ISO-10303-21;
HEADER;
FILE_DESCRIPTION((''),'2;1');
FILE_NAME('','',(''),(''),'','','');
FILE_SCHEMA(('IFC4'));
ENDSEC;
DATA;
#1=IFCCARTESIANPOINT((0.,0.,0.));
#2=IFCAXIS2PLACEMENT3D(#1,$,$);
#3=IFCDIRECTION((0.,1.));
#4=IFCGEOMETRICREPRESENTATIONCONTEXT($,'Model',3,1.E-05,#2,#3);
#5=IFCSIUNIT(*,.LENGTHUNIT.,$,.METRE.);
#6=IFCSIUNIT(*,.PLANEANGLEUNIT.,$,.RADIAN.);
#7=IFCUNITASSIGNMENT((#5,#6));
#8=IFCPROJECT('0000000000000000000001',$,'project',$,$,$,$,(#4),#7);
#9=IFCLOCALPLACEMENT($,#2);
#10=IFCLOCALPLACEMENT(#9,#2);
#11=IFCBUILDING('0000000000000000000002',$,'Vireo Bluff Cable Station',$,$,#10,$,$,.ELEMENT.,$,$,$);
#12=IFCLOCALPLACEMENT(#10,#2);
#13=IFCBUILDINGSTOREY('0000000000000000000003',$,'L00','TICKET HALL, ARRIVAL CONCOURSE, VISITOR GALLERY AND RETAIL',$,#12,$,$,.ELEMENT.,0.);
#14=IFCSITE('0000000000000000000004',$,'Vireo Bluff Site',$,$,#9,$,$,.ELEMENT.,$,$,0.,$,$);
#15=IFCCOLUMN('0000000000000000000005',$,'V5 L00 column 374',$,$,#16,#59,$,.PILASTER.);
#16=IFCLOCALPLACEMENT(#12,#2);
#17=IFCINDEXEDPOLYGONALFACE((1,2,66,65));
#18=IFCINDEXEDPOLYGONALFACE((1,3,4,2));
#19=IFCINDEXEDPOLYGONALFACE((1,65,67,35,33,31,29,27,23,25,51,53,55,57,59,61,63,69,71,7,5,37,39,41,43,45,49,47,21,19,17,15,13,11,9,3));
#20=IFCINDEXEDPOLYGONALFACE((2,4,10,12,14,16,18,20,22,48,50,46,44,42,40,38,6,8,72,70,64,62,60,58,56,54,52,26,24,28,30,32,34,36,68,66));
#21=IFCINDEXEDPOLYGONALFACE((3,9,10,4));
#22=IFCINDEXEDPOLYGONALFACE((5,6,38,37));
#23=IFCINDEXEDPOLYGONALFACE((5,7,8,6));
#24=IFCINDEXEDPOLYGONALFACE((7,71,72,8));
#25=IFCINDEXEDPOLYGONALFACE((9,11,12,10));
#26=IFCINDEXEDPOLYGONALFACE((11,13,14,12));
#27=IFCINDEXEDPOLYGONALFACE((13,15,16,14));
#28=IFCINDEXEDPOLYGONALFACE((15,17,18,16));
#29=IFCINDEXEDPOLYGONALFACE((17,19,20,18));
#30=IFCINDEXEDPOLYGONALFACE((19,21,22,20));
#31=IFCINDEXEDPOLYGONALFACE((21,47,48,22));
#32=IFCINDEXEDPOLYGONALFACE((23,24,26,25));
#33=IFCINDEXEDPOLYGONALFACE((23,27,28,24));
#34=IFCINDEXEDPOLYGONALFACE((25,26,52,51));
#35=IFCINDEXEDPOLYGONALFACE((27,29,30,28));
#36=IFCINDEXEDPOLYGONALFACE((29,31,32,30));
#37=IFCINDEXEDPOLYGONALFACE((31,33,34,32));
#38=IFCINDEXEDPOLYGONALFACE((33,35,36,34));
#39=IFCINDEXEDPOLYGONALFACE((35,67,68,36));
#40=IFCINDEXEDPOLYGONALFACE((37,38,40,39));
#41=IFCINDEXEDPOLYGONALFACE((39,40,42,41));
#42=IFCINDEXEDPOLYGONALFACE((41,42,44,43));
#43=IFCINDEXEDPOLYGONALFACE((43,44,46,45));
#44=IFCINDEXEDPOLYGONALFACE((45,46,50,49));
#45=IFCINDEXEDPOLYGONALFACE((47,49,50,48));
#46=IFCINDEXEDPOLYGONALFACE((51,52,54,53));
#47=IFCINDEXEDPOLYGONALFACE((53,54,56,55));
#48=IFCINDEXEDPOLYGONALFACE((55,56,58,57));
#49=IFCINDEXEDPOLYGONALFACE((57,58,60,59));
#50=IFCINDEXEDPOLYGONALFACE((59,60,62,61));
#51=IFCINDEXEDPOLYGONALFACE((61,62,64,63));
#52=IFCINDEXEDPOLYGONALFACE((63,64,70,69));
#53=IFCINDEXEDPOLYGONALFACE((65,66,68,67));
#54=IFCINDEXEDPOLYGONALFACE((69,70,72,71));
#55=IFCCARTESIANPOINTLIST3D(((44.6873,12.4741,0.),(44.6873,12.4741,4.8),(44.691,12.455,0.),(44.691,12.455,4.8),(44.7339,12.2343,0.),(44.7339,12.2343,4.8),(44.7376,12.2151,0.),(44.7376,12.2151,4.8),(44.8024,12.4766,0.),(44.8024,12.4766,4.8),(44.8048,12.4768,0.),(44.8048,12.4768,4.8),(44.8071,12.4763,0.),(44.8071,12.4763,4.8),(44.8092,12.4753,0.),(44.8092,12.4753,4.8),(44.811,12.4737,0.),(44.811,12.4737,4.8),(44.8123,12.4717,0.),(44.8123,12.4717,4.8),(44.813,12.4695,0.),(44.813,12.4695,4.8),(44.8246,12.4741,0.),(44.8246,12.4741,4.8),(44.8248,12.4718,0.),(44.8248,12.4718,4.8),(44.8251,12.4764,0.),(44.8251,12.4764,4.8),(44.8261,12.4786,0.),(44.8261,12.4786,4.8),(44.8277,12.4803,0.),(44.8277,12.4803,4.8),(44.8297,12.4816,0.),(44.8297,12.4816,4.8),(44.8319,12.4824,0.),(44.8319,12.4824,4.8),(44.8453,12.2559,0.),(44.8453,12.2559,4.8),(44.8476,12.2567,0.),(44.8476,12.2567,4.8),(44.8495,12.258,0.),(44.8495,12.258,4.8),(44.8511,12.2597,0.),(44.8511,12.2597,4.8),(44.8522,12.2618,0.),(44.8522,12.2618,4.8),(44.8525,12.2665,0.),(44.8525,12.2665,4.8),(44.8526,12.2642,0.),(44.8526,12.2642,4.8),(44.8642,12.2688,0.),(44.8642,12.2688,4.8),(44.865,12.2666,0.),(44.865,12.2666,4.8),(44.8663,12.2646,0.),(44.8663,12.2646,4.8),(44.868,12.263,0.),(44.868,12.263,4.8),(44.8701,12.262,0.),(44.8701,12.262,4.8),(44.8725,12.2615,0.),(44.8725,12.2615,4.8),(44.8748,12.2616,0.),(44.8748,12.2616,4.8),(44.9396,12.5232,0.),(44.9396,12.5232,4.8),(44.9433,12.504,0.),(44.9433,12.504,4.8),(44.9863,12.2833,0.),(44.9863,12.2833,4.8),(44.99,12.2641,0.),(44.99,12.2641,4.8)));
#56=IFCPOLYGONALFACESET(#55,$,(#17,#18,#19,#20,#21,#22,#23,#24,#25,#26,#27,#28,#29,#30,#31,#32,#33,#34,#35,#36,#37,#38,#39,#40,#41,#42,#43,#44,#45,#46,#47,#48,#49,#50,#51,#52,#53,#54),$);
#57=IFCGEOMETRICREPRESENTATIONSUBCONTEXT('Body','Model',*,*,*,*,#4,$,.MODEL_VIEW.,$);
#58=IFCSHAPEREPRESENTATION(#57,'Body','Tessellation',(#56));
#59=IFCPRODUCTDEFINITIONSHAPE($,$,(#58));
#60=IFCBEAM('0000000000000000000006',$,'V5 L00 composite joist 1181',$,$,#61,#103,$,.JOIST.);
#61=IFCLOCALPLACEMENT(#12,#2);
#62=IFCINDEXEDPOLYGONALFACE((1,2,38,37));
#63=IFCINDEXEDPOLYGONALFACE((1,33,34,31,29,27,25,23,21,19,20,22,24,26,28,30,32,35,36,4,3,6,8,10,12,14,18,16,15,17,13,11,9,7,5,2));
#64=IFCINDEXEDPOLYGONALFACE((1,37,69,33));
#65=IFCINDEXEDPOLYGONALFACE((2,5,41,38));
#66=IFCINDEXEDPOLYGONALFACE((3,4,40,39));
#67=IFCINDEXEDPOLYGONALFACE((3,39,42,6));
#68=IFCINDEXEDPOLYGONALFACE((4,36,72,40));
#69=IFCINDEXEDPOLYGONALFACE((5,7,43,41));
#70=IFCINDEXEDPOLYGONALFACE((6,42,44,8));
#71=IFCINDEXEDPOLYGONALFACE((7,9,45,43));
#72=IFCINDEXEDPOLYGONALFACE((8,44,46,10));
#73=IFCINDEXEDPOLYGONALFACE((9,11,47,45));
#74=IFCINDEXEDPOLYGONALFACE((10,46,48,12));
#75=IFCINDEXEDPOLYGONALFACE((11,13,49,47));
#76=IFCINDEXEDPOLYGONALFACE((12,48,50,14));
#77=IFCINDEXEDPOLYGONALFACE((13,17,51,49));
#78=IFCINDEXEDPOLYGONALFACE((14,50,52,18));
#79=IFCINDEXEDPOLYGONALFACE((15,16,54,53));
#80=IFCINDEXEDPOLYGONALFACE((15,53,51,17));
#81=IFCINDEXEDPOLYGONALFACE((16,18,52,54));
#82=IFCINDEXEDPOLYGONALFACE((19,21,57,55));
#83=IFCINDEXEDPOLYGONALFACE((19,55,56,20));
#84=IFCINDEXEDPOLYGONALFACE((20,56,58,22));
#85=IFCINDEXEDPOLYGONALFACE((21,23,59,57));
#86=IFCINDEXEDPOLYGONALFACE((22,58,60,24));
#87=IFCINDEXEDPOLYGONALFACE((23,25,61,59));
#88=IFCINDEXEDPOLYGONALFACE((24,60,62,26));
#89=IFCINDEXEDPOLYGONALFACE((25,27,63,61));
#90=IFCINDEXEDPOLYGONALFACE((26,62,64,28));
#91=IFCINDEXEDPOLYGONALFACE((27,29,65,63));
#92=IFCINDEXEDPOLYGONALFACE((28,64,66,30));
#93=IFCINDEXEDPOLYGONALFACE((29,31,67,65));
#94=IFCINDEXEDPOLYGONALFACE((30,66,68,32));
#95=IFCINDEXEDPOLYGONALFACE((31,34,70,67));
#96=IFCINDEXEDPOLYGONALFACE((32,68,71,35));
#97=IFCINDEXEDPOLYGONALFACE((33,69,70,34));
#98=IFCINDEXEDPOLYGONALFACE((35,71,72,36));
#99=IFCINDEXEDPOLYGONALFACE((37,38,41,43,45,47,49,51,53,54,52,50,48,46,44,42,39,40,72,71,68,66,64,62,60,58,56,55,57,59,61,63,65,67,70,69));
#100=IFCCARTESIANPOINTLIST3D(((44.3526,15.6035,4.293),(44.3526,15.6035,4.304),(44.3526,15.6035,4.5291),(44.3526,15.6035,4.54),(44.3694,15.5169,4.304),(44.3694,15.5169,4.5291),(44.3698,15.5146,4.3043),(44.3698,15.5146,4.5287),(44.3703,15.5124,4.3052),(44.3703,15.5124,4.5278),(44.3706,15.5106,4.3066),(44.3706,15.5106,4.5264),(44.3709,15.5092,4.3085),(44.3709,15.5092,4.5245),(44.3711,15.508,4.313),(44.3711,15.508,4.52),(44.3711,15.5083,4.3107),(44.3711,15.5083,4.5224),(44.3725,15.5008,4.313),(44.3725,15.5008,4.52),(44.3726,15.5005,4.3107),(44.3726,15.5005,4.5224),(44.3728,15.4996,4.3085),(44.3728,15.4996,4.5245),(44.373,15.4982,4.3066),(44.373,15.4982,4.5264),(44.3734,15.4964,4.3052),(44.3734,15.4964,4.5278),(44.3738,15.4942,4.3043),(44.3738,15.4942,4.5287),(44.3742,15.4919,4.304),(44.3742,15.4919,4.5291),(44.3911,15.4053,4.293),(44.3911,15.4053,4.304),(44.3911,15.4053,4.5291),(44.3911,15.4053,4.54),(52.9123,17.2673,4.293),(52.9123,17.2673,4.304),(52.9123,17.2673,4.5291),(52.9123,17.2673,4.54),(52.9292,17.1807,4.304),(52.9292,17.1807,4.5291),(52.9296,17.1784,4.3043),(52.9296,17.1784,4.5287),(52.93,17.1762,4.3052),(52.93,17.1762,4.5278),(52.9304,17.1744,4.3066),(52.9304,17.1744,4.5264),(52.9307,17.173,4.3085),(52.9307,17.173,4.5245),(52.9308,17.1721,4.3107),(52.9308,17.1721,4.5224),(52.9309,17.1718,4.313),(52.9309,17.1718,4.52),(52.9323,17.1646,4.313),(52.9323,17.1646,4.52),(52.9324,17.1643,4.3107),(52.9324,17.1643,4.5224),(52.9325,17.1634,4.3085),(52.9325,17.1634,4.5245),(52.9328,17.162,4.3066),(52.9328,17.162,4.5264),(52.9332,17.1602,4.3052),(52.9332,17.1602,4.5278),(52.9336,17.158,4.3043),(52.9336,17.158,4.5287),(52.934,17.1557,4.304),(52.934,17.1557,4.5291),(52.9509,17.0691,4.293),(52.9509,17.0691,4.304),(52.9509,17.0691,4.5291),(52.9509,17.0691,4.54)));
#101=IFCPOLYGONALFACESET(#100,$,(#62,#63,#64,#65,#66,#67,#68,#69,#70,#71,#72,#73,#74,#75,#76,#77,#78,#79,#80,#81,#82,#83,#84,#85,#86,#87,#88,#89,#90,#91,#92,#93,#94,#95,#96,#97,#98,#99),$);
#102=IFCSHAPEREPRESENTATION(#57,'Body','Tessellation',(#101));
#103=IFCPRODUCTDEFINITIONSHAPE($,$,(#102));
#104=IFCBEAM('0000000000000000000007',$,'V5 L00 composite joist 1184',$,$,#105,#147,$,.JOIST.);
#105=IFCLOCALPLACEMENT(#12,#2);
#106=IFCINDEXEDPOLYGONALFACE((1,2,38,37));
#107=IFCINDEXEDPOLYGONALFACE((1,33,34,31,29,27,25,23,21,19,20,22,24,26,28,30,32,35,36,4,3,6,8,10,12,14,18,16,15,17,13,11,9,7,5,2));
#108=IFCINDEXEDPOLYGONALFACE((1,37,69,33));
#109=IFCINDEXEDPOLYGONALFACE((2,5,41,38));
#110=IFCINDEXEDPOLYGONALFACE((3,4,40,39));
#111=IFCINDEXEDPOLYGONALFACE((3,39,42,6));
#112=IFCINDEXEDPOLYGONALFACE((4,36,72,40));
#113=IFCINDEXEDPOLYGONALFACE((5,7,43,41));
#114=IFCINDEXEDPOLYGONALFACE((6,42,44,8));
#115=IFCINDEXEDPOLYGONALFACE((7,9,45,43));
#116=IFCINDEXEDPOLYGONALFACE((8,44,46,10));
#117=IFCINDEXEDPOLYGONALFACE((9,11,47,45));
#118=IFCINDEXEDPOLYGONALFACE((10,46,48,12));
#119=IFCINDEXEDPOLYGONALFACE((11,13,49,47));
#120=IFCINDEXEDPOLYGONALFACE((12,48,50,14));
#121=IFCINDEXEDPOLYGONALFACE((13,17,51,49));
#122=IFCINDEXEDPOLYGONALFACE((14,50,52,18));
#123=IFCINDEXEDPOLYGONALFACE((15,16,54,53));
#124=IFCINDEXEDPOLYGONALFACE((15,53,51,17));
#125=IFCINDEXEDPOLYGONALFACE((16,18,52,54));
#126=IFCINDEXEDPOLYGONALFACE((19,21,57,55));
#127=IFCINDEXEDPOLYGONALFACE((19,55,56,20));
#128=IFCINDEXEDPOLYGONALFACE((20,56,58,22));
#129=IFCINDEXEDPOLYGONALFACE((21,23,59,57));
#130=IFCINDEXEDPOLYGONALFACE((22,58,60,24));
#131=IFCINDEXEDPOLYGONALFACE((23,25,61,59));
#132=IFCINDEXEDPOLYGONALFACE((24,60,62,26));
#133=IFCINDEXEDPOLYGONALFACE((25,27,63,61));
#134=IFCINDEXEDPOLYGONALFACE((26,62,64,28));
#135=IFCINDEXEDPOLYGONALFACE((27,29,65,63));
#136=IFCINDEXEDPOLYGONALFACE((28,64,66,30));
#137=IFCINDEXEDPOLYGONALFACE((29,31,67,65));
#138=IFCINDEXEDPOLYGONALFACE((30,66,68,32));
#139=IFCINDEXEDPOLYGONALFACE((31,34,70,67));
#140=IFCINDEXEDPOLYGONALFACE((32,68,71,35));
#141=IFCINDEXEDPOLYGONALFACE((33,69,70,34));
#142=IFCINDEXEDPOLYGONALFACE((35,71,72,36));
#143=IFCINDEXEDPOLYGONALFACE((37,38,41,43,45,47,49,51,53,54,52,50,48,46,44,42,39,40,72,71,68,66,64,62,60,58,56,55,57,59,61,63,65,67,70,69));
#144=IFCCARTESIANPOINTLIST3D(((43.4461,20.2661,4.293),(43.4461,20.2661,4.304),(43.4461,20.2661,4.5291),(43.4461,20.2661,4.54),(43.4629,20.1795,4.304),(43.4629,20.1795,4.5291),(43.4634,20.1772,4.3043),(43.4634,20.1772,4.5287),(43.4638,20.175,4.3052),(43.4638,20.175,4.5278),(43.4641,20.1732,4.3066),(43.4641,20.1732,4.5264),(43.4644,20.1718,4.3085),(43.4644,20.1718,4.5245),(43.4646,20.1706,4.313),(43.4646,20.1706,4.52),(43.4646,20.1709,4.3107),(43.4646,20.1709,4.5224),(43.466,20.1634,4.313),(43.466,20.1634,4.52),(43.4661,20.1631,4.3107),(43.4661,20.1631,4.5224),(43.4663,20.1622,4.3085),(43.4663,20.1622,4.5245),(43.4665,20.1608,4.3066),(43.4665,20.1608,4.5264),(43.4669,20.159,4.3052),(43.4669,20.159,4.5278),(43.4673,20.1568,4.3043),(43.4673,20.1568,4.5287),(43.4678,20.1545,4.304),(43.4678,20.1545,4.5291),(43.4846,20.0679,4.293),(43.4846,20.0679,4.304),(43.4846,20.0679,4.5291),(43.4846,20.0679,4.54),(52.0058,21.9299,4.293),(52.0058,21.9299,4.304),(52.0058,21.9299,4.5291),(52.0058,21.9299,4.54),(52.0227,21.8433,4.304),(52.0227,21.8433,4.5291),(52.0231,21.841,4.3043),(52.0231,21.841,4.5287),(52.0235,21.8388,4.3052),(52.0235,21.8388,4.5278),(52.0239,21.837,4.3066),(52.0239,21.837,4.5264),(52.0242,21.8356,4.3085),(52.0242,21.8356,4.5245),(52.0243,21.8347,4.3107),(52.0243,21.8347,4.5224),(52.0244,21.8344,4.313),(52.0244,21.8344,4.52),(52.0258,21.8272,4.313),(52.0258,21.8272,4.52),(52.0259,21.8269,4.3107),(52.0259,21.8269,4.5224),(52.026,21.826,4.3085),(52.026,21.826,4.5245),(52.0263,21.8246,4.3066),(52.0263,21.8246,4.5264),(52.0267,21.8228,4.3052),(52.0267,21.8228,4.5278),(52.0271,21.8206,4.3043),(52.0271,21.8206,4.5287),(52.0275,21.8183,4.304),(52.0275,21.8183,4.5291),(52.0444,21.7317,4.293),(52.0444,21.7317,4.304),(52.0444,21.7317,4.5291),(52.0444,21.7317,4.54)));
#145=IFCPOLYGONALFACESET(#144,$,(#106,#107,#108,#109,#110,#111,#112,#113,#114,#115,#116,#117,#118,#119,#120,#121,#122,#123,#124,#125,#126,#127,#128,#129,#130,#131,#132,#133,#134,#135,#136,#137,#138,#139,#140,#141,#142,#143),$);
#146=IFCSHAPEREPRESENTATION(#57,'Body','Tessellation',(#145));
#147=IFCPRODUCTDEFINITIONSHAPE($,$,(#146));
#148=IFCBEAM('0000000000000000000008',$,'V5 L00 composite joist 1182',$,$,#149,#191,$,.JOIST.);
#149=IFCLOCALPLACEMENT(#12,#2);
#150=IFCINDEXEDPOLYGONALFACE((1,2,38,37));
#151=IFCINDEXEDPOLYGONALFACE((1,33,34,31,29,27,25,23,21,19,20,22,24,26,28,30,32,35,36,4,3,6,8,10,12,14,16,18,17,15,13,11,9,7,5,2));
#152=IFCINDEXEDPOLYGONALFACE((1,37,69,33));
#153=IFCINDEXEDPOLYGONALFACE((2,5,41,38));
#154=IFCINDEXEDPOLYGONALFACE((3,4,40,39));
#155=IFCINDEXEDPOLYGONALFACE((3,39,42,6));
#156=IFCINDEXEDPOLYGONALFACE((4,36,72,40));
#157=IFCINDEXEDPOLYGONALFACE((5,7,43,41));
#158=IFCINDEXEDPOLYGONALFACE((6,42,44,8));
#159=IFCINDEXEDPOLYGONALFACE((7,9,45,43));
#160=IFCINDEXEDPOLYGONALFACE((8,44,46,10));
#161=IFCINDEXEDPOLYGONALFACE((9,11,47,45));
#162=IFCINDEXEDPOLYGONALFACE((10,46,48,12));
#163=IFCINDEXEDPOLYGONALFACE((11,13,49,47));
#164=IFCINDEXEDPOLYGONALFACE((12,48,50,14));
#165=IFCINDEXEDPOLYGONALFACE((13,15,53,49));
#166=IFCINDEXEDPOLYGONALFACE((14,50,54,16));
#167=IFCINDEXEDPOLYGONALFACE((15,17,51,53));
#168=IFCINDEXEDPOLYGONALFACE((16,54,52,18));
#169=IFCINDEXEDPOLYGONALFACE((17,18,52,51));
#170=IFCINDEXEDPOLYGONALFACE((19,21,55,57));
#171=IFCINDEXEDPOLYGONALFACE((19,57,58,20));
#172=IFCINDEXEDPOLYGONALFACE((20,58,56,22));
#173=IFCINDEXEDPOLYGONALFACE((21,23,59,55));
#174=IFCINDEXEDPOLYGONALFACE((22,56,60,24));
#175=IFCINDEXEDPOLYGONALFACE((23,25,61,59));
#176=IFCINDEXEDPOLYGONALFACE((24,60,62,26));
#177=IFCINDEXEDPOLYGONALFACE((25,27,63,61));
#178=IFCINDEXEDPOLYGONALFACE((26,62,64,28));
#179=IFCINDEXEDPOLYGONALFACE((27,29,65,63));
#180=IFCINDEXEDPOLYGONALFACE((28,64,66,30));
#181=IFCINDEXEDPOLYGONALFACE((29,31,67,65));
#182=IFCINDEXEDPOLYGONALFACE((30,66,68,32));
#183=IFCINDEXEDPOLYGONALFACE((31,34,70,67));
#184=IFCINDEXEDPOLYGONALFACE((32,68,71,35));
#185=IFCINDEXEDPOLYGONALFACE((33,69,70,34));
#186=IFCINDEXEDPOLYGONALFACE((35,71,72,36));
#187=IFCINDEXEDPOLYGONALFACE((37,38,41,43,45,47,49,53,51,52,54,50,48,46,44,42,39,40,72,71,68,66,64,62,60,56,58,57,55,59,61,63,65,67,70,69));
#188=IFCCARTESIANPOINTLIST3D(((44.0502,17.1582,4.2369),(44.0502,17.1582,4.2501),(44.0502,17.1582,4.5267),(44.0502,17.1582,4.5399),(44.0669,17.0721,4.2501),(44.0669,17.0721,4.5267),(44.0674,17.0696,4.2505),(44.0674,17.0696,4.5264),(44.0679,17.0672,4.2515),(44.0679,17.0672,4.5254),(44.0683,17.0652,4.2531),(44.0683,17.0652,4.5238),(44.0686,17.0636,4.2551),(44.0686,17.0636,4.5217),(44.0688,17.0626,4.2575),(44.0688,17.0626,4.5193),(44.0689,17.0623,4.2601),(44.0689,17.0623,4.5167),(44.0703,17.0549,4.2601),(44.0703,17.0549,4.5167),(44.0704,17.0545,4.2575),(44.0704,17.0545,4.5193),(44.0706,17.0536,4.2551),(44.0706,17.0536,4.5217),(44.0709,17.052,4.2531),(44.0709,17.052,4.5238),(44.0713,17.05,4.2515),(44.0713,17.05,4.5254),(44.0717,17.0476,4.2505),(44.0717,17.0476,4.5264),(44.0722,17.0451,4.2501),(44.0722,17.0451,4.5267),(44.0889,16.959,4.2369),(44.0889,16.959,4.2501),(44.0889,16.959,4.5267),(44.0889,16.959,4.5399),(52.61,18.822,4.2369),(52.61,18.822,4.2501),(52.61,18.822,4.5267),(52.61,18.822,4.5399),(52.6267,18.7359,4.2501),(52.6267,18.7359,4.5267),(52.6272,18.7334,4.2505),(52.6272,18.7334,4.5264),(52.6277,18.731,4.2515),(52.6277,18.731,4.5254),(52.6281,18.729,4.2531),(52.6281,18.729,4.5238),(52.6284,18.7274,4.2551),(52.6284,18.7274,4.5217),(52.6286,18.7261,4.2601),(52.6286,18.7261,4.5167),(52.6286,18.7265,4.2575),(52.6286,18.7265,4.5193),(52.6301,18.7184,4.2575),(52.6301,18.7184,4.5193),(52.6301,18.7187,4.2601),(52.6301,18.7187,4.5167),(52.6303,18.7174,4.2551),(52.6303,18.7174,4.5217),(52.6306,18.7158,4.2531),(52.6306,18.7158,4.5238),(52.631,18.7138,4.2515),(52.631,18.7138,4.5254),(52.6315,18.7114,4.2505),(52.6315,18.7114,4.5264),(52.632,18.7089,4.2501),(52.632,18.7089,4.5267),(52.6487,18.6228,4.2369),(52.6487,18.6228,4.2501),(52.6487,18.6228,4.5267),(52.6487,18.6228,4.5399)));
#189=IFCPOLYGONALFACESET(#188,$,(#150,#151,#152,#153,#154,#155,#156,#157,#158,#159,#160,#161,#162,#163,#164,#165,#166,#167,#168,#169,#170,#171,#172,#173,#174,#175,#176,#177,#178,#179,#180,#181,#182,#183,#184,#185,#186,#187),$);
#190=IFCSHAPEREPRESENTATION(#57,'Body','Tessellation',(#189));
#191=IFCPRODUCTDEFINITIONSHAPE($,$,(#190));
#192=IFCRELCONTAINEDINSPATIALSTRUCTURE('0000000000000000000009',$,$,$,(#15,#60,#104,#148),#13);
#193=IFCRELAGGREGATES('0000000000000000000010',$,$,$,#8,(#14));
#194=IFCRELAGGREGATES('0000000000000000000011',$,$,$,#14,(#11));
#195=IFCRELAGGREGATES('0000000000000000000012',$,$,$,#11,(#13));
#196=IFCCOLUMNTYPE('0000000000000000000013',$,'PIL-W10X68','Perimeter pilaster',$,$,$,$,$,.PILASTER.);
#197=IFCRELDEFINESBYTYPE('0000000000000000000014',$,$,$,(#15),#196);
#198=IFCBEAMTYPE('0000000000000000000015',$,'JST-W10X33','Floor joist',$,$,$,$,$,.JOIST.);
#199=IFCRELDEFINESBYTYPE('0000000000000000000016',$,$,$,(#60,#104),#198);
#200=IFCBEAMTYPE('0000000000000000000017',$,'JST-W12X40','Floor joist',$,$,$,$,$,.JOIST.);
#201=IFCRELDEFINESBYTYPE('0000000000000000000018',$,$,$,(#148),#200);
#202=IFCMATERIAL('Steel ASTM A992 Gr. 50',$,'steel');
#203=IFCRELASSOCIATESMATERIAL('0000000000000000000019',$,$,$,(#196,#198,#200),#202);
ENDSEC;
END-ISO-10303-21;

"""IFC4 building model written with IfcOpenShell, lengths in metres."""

from ifc_helpers import new_model, si_unit, direction, frame, origin, origin_2d, place, context, subcontext, project, spatial, i_section, extrude, material, material_profile, profile_set, type_object, element, save


model = new_model("IFC4")

# Units and contexts
model_context = context("Model", 3, precision=1e-05, world=origin(), true_north=direction((0.0, 1.0)))
body_context = subcontext(model_context, "Body", "Model", "MODEL_VIEW")
ifc_project = project(units=[si_unit("LENGTHUNIT", "METRE"), si_unit("PLANEANGLEUNIT", "RADIAN")], contexts=[model_context])

# Site, building, storey
site_placement = place(None, origin())
site = spatial("IfcSite", under=ifc_project, at=site_placement, Name="Vireo Bluff Site", CompositionType="ELEMENT", RefElevation=0.0)
building_placement = place(site_placement, origin())
building = spatial("IfcBuilding", under=site, at=building_placement, Name="Vireo Bluff Cable Station", CompositionType="ELEMENT")
storey_placement = place(building_placement, origin())
storey = spatial("IfcBuildingStorey", under=building, at=storey_placement, Name="L00", Description="TICKET HALL, ARRIVAL CONCOURSE, VISITOR GALLERY AND RETAIL", CompositionType="ELEMENT", Elevation=0.0)

# Column
ifc_material_1 = material(Name="Steel ASTM A992 Gr. 50", Category="steel")
ifc_material_profile_1 = material_profile(ifc_material_1, i_section(OverallWidth=0.2571, OverallDepth=0.2639, WebThickness=0.012, FlangeThickness=0.0195, FilletRadius=0.009, at=origin_2d()), Name="W10X68")
ifc_profile_set_1 = profile_set([ifc_material_profile_1], Name="Steel ASTM A992 Gr. 50")
column_type = type_object("IfcColumnType", Name="PIL-W10X68", Description="Perimeter pilaster", PredefinedType="PILASTER", material=ifc_profile_set_1)
column_placement = place(storey_placement, frame((44.8386, 12.3691, 0.0), z_axis=(0.0, 0.0, 1.0), x_axis=(0.981627, 0.190809, 0.0)))
element("IfcColumn", 1, at=column_placement, inside=storey, type_object=column_type, Name="V5 L00 column 374", PredefinedType="PILASTER", context=body_context, shape_type="SweptSolid", body=[
    extrude(i_section(OverallWidth=0.2571, OverallDepth=0.2639, WebThickness=0.012, FlangeThickness=0.0195, FilletRadius=0.009, at=origin_2d()), origin(), (0.0, 0.0, 1.0), 4.8),
])

# Beams
ifc_material_profile_2 = material_profile(ifc_material_1, i_section(OverallWidth=0.2019, OverallDepth=0.2471, WebThickness=0.0073, FlangeThickness=0.011, FilletRadius=0.009, at=origin_2d()), Name="W10X33")
ifc_profile_set_2 = profile_set([ifc_material_profile_2], Name="Steel ASTM A992 Gr. 50")
beam_type_1 = type_object("IfcBeamType", Name="JST-W10X33", Description="Floor joist", PredefinedType="JOIST", material=ifc_profile_set_2)
for number, where, z_axis, x_axis, name in (
    (2, (44.3718, 15.5044, 4.4165), (0.981628, 0.190804, 0.0), (-0.190804, 0.981628, 0.0), "V5 L00 composite joist 1181"),
    (3, (43.4653, 20.167, 4.4165), (0.981628, 0.190804, 0.0), (-0.190804, 0.981628, 0.0), "V5 L00 composite joist 1184"),
):
    element("IfcBeam", number, at=place(storey_placement, frame(where, z_axis=z_axis, x_axis=x_axis)), inside=storey, type_object=beam_type_1, Name=name, PredefinedType="JOIST", context=body_context, shape_type="SweptSolid", body=[
        extrude(i_section(OverallWidth=0.2019, OverallDepth=0.2471, WebThickness=0.0073, FlangeThickness=0.011, FilletRadius=0.009, at=origin_2d()), origin(), (0.0, 0.0, 1.0), 8.72),
    ])
ifc_material_profile_3 = material_profile(ifc_material_1, i_section(OverallWidth=0.2029, OverallDepth=0.303, WebThickness=0.0076, FlangeThickness=0.0132, FilletRadius=0.01, at=origin_2d()), Name="W12X40")
ifc_profile_set_3 = profile_set([ifc_material_profile_3], Name="Steel ASTM A992 Gr. 50")
beam_type_2 = type_object("IfcBeamType", Name="JST-W12X40", Description="Floor joist", PredefinedType="JOIST", material=ifc_profile_set_3)
beam_1_placement = place(storey_placement, frame((44.0696, 17.0586, 4.3884), z_axis=(0.981628, 0.190804, 0.0), x_axis=(-0.190804, 0.981628, 0.0)))
element("IfcBeam", 4, at=beam_1_placement, inside=storey, type_object=beam_type_2, Name="V5 L00 composite joist 1182", PredefinedType="JOIST", context=body_context, shape_type="SweptSolid", body=[
    extrude(i_section(OverallWidth=0.2029, OverallDepth=0.303, WebThickness=0.0076, FlangeThickness=0.0132, FilletRadius=0.01, at=origin_2d()), origin(), (0.0, 0.0, 1.0), 8.72),
])

save(model, "model.ifc")
